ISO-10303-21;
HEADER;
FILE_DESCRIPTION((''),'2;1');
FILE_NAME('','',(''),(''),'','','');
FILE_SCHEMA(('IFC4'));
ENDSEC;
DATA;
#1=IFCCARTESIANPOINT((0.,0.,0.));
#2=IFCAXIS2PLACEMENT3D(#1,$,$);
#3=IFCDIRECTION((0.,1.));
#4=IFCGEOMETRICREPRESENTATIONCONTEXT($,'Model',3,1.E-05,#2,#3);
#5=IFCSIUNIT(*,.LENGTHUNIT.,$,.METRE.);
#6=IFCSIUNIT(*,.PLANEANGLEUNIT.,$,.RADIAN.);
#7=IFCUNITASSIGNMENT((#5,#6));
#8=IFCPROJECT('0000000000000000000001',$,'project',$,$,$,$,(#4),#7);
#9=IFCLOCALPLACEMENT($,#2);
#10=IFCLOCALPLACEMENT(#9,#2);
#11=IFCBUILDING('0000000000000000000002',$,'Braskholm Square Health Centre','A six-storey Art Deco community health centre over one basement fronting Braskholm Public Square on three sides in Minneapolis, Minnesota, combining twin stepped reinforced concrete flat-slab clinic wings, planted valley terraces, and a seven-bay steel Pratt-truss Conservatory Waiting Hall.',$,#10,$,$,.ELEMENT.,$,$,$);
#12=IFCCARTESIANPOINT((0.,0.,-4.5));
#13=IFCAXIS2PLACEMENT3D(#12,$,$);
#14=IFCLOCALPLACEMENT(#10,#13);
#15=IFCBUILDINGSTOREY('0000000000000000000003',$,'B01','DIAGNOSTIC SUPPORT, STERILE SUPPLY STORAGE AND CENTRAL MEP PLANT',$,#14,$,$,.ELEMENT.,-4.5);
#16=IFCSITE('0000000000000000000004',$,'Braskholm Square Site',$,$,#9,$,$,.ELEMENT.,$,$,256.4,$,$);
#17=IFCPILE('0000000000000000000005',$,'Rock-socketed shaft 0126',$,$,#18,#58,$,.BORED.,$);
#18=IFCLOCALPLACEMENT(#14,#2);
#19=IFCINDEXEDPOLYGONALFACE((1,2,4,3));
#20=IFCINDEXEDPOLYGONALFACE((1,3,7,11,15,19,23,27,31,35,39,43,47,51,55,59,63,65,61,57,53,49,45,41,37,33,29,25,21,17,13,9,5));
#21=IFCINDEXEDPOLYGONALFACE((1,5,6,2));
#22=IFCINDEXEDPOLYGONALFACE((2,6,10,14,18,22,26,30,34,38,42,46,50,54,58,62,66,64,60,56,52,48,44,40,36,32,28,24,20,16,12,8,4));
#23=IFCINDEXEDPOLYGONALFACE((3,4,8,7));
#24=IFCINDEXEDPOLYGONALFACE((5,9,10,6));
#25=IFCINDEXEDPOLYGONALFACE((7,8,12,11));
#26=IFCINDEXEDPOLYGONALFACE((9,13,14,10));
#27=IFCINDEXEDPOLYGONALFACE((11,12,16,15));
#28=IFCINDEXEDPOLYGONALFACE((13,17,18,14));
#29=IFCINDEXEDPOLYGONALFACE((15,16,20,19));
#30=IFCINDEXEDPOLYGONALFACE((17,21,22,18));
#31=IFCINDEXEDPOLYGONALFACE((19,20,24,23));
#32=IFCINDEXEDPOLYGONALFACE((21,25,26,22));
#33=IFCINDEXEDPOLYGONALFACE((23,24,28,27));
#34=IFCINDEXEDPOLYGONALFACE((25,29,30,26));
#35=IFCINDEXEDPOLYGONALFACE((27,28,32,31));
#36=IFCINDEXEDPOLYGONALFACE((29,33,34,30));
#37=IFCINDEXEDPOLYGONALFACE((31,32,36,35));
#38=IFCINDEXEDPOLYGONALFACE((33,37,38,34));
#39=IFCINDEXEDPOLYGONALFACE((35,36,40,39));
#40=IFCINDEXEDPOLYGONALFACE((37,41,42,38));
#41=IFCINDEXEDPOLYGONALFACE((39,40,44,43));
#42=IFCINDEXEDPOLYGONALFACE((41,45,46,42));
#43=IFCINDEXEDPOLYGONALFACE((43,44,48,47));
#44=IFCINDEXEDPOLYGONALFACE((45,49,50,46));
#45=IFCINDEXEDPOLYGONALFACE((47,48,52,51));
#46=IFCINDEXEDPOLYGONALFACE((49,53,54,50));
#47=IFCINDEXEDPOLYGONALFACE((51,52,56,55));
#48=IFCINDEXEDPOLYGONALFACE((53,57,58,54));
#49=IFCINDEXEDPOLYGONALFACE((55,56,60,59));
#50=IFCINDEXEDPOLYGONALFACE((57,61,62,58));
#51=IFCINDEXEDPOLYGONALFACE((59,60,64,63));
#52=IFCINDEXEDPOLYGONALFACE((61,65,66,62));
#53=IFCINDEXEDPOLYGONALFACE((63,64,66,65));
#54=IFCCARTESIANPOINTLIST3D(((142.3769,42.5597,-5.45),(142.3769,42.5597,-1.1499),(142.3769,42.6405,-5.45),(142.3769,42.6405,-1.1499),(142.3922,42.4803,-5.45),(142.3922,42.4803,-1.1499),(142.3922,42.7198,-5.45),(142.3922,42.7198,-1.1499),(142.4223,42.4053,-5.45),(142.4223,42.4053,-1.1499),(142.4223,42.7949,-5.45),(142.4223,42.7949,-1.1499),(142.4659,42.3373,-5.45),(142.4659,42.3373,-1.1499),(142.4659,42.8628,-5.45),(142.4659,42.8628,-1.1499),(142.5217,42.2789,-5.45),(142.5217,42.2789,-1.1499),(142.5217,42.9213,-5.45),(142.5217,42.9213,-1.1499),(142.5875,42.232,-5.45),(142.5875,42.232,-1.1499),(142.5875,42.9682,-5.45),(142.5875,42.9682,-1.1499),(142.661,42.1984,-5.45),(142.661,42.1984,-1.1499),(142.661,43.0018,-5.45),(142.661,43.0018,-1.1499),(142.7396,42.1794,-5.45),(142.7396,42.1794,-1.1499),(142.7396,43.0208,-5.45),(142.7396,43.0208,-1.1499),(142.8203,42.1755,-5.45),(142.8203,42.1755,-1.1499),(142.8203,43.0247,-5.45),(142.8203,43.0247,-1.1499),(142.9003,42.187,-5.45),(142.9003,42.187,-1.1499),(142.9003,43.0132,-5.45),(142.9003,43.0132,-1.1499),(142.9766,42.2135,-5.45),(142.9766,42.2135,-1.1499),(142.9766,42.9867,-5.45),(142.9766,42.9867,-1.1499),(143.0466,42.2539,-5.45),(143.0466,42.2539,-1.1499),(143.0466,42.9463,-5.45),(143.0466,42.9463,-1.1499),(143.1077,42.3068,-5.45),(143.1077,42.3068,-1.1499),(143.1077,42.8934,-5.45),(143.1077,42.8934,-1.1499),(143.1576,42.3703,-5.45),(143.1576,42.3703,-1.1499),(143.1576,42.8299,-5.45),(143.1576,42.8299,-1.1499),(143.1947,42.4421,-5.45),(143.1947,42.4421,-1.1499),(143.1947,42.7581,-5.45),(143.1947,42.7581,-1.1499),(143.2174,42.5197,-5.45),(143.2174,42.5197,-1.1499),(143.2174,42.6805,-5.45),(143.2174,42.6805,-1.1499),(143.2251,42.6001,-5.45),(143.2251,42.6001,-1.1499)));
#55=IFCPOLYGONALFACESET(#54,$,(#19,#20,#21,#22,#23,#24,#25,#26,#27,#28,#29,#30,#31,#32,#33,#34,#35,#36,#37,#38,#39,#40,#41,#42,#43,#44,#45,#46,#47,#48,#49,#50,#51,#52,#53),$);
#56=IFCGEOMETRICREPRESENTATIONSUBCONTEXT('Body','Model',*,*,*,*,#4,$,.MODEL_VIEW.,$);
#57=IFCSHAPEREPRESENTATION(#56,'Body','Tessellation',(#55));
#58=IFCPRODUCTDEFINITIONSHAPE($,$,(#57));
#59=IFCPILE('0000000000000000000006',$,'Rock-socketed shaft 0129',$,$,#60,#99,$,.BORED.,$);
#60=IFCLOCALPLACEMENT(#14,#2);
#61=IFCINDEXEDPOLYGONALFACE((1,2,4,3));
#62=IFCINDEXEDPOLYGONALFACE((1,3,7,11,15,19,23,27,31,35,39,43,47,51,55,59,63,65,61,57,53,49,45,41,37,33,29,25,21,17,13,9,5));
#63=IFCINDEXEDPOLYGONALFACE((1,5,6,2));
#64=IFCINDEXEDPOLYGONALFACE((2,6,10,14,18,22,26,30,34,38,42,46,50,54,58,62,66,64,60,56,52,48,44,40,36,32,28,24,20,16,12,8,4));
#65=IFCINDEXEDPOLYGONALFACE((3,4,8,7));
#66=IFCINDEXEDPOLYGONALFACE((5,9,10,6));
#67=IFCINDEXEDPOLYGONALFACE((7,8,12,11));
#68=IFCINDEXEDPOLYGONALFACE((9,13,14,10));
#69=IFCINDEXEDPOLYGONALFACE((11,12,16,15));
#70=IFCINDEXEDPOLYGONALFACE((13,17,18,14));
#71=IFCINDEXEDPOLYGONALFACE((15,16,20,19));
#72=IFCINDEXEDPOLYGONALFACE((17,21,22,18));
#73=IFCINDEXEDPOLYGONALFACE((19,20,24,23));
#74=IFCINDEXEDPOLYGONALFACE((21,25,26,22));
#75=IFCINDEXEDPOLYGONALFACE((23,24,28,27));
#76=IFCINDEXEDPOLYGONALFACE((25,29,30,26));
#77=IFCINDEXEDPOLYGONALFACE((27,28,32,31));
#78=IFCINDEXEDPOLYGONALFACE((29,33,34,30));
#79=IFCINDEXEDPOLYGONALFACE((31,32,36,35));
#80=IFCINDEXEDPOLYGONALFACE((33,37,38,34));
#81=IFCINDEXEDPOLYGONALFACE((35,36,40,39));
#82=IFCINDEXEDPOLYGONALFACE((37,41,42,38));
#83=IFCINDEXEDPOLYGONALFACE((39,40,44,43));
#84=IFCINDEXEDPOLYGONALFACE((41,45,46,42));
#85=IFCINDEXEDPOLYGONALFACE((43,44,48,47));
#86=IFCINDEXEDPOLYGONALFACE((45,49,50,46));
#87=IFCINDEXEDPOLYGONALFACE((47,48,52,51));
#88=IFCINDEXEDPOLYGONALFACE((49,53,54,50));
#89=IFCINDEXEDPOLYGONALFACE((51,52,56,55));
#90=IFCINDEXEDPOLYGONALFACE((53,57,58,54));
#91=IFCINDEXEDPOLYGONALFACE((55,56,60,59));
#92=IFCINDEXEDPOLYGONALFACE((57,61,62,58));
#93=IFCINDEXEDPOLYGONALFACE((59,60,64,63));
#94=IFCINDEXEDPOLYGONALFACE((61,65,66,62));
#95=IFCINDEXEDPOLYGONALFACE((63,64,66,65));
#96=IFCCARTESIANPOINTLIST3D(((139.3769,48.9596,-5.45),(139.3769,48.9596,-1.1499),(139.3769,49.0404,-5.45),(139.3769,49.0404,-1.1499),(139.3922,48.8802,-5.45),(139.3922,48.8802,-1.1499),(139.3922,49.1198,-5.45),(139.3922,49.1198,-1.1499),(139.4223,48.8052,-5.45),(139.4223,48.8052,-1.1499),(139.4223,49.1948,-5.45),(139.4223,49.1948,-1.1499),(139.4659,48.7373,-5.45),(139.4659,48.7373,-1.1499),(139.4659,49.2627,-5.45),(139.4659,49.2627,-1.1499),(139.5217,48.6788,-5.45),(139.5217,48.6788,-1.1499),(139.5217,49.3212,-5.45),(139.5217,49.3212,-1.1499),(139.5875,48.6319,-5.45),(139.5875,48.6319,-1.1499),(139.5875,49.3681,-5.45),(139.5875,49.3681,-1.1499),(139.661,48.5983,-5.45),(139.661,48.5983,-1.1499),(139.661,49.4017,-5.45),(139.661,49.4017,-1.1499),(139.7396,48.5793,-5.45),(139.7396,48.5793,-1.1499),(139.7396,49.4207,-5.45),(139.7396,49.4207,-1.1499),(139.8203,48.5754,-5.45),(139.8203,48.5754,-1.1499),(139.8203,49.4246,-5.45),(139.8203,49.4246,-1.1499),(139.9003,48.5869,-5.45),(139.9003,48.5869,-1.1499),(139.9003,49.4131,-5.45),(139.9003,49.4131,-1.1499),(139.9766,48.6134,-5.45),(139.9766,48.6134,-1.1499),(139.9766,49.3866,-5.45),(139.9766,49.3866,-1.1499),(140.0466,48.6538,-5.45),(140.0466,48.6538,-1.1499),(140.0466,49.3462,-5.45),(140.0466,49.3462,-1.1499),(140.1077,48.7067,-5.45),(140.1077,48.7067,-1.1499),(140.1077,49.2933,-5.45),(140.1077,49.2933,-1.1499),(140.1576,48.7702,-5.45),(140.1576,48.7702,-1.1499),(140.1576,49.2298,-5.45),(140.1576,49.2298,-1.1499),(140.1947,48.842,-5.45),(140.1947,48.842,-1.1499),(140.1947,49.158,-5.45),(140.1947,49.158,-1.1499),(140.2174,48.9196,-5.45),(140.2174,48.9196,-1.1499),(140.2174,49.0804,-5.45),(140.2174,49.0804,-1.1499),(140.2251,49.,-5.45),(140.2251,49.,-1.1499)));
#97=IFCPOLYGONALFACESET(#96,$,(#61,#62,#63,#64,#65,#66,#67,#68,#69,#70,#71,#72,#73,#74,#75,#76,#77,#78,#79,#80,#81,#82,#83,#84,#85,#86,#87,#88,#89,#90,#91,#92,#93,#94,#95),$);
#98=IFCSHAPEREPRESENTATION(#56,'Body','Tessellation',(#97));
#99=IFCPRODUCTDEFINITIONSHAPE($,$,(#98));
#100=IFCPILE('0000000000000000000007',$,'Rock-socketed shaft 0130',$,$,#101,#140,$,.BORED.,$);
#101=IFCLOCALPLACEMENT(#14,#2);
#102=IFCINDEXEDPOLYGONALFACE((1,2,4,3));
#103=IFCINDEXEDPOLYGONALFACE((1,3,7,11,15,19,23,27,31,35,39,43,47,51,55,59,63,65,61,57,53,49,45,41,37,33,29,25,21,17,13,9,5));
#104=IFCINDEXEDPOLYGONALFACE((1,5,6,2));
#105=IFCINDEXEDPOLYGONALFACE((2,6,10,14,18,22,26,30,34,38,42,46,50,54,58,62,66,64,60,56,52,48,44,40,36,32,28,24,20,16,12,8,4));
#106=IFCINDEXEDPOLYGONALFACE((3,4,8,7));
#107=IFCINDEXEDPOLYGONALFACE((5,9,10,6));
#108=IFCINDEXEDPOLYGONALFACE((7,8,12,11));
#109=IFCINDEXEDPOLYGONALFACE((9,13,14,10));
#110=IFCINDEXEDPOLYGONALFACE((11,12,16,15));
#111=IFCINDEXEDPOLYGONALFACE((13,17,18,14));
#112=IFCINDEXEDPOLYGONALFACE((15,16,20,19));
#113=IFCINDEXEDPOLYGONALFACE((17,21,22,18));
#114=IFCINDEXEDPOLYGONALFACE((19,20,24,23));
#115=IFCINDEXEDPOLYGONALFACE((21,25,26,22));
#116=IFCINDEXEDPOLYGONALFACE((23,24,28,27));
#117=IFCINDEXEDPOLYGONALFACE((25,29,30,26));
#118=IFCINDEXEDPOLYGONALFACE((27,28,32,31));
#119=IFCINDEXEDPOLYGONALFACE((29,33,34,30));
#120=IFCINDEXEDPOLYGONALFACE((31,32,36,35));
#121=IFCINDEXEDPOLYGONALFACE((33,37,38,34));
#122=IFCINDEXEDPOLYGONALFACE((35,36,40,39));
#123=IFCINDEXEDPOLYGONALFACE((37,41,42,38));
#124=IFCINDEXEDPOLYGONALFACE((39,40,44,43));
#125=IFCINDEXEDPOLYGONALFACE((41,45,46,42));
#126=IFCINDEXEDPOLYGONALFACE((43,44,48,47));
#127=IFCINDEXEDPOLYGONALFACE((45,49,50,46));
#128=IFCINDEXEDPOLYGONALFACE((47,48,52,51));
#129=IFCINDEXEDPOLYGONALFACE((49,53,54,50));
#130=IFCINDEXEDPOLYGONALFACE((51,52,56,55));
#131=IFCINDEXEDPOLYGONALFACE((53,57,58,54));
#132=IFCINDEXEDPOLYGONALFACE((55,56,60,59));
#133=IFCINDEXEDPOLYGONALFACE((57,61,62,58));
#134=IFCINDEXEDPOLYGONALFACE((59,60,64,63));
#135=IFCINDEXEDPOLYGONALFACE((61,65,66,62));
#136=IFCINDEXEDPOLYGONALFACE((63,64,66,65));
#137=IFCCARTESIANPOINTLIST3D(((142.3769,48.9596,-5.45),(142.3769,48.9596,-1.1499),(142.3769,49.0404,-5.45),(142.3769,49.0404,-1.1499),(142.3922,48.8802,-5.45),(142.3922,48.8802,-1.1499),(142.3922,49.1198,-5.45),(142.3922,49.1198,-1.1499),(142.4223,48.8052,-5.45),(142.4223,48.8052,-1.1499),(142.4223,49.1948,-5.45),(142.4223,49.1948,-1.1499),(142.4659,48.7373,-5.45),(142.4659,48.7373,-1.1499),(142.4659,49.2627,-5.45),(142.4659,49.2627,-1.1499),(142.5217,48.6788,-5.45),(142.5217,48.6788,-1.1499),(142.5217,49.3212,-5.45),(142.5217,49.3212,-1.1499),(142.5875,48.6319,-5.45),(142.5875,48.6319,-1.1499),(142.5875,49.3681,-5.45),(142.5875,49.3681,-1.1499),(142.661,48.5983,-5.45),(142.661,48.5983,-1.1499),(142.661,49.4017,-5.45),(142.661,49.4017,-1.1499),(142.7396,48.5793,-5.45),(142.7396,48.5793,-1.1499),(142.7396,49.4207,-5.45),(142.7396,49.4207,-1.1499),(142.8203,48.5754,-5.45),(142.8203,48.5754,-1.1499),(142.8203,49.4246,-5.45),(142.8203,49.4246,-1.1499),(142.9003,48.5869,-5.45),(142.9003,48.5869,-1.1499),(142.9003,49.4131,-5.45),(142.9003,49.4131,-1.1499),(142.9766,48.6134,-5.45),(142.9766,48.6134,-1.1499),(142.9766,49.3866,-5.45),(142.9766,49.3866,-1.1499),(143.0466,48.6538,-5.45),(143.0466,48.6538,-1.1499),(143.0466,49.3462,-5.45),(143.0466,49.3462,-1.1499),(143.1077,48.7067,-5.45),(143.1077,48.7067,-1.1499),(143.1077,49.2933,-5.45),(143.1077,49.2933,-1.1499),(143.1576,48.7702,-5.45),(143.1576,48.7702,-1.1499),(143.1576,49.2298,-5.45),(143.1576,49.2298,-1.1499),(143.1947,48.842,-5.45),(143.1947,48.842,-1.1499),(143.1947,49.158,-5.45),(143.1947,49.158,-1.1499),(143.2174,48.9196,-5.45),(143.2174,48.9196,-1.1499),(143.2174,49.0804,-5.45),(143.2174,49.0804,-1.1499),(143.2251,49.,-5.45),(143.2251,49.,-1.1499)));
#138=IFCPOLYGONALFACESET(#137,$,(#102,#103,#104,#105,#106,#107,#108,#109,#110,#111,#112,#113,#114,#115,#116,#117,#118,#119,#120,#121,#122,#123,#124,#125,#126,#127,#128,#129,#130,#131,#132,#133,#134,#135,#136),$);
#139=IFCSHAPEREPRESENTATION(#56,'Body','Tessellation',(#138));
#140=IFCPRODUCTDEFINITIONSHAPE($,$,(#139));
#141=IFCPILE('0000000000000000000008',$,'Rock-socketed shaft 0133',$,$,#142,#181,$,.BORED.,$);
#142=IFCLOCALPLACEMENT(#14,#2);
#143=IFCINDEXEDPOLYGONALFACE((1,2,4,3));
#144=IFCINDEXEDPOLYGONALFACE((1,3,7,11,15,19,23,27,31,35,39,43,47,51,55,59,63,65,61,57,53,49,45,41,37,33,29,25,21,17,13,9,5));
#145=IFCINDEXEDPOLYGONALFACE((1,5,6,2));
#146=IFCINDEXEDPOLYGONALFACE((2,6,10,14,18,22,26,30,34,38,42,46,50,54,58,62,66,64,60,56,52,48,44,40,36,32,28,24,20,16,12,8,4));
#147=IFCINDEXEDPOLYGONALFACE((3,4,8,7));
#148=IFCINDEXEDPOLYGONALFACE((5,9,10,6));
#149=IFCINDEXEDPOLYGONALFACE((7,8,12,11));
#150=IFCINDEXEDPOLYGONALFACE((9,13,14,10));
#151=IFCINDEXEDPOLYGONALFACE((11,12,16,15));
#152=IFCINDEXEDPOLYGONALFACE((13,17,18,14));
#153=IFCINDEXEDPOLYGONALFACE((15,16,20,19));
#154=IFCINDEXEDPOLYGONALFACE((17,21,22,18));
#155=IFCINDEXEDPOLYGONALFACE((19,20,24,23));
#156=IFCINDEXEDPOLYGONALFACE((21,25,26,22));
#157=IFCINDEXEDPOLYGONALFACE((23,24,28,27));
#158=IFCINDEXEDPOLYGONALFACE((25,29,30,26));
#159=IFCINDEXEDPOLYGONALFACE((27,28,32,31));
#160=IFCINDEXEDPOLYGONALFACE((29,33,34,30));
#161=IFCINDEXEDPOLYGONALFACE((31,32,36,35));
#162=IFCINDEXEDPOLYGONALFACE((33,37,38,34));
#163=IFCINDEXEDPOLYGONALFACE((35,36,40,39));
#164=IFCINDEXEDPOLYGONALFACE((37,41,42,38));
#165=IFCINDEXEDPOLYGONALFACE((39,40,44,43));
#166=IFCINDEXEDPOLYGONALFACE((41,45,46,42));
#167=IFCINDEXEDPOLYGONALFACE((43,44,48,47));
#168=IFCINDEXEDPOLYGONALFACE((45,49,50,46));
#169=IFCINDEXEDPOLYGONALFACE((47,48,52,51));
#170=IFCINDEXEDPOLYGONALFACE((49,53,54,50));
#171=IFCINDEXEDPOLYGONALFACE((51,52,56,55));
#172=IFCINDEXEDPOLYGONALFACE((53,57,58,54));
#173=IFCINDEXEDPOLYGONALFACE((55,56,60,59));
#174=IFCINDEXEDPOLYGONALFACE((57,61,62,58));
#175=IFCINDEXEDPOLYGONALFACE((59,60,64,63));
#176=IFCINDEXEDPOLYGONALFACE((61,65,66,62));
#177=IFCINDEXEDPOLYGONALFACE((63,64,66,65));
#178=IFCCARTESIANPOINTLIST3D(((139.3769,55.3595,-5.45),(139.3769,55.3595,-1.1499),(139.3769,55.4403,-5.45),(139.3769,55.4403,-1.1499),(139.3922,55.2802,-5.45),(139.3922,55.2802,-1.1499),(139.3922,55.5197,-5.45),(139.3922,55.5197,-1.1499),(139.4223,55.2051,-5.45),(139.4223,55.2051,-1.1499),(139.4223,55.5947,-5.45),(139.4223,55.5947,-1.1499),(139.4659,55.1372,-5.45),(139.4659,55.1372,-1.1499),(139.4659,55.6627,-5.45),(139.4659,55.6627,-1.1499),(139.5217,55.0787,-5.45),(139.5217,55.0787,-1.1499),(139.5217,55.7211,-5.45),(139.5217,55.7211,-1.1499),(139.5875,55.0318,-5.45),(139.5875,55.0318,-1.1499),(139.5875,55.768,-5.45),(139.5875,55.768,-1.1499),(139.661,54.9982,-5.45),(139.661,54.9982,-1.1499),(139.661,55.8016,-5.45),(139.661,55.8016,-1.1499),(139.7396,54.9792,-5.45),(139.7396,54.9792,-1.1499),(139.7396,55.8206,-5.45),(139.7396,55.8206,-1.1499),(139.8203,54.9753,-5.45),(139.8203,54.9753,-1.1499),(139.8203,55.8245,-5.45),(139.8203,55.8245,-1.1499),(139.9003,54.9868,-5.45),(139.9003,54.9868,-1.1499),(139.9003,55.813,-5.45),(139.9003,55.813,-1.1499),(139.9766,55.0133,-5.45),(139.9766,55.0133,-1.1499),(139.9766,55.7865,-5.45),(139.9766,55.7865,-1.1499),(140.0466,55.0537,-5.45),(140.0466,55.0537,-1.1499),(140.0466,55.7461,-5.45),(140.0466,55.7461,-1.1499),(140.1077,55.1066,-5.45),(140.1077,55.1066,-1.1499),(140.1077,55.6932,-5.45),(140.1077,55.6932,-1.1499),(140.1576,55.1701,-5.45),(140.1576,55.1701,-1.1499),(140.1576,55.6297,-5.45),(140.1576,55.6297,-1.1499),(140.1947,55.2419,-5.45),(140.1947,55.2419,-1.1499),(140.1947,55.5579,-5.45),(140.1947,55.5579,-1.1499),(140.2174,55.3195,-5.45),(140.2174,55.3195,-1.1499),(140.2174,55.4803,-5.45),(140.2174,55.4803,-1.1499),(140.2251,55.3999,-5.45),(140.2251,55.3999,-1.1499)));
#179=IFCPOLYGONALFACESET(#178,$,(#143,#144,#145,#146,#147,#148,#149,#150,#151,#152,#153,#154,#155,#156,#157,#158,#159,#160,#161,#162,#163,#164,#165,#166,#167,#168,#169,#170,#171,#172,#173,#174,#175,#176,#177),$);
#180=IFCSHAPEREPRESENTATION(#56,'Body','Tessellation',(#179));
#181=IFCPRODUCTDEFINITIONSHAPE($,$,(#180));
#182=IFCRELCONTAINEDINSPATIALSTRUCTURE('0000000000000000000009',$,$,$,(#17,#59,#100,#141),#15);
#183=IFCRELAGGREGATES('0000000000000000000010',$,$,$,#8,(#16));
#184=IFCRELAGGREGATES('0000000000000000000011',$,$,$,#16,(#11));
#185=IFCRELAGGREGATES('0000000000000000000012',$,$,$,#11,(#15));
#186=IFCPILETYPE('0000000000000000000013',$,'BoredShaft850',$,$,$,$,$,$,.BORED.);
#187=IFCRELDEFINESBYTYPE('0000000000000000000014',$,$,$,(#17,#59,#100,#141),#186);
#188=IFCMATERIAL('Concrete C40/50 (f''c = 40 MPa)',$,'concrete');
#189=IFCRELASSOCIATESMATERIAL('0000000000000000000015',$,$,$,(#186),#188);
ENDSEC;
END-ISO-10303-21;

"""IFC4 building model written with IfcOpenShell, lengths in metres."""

from ifc_helpers import new_model, si_unit, direction, frame, origin, origin_2d, place, context, subcontext, project, spatial, circle, extrude, material, material_profile, profile_set, type_object, element, save


model = new_model("IFC4")

# Units and contexts
model_context = context("Model", 3, precision=1e-05, world=origin(), true_north=direction((0.0, 1.0)))
body_context = subcontext(model_context, "Body", "Model", "MODEL_VIEW")
ifc_project = project(units=[si_unit("LENGTHUNIT", "METRE"), si_unit("PLANEANGLEUNIT", "RADIAN")], contexts=[model_context])

# Site, building, storey
site_placement = place(None, origin())
site = spatial("IfcSite", under=ifc_project, at=site_placement, Name="Braskholm Square Site", CompositionType="ELEMENT", RefElevation=256.4)
building_placement = place(site_placement, origin())
building = spatial("IfcBuilding", under=site, at=building_placement, Name="Braskholm Square Health Centre", Description="A six-storey Art Deco community health centre over one basement fronting Braskholm Public Square on three sides in Minneapolis, Minnesota, combining twin stepped reinforced concrete flat-slab clinic wings, planted valley terraces, and a seven-bay steel Pratt-truss Conservatory Waiting Hall.", CompositionType="ELEMENT")
storey_placement = place(building_placement, frame((0.0, 0.0, -4.5)))
storey = spatial("IfcBuildingStorey", under=building, at=storey_placement, Name="B01", Description="DIAGNOSTIC SUPPORT, STERILE SUPPLY STORAGE AND CENTRAL MEP PLANT", CompositionType="ELEMENT", Elevation=-4.5)

# Piles
ifc_material_1 = material(Name="Concrete C40/50 (f'c = 40 MPa)", Category="concrete")
ifc_material_profile_1 = material_profile(ifc_material_1, circle(Radius=0.425, at=origin_2d()), Name="BORED-PILE-850")
ifc_profile_set_1 = profile_set([ifc_material_profile_1], Name="Concrete C40/50 (f'c = 40 MPa)")
pile_type_1 = type_object("IfcPileType", Name="BoredShaft850", PredefinedType="BORED", material=ifc_profile_set_1)
for number, where, z_axis, x_axis, name in (
    (1, (142.8, 42.6001, -1.1499), (0.0, 0.0, -1.0), (1.0, 0.0, 0.0), "Rock-socketed shaft 0126"),
    (2, (139.8, 49.0, -1.1499), (0.0, 0.0, -1.0), (1.0, 0.0, 0.0), "Rock-socketed shaft 0129"),
    (3, (142.8, 49.0, -1.1499), (0.0, 0.0, -1.0), (1.0, 0.0, 0.0), "Rock-socketed shaft 0130"),
    (4, (139.8, 55.3999, -1.1499), (0.0, 0.0, -1.0), (1.0, 0.0, 0.0), "Rock-socketed shaft 0133"),
):
    element("IfcPile", number, at=place(storey_placement, frame(where, z_axis=z_axis, x_axis=x_axis)), inside=storey, type_object=pile_type_1, Name=name, PredefinedType="BORED", context=body_context, shape_type="SweptSolid", body=[
        extrude(circle(Radius=0.425, at=origin_2d()), origin(), (0.0, 0.0, 1.0), 4.3),
    ])

save(model, "model.ifc")
